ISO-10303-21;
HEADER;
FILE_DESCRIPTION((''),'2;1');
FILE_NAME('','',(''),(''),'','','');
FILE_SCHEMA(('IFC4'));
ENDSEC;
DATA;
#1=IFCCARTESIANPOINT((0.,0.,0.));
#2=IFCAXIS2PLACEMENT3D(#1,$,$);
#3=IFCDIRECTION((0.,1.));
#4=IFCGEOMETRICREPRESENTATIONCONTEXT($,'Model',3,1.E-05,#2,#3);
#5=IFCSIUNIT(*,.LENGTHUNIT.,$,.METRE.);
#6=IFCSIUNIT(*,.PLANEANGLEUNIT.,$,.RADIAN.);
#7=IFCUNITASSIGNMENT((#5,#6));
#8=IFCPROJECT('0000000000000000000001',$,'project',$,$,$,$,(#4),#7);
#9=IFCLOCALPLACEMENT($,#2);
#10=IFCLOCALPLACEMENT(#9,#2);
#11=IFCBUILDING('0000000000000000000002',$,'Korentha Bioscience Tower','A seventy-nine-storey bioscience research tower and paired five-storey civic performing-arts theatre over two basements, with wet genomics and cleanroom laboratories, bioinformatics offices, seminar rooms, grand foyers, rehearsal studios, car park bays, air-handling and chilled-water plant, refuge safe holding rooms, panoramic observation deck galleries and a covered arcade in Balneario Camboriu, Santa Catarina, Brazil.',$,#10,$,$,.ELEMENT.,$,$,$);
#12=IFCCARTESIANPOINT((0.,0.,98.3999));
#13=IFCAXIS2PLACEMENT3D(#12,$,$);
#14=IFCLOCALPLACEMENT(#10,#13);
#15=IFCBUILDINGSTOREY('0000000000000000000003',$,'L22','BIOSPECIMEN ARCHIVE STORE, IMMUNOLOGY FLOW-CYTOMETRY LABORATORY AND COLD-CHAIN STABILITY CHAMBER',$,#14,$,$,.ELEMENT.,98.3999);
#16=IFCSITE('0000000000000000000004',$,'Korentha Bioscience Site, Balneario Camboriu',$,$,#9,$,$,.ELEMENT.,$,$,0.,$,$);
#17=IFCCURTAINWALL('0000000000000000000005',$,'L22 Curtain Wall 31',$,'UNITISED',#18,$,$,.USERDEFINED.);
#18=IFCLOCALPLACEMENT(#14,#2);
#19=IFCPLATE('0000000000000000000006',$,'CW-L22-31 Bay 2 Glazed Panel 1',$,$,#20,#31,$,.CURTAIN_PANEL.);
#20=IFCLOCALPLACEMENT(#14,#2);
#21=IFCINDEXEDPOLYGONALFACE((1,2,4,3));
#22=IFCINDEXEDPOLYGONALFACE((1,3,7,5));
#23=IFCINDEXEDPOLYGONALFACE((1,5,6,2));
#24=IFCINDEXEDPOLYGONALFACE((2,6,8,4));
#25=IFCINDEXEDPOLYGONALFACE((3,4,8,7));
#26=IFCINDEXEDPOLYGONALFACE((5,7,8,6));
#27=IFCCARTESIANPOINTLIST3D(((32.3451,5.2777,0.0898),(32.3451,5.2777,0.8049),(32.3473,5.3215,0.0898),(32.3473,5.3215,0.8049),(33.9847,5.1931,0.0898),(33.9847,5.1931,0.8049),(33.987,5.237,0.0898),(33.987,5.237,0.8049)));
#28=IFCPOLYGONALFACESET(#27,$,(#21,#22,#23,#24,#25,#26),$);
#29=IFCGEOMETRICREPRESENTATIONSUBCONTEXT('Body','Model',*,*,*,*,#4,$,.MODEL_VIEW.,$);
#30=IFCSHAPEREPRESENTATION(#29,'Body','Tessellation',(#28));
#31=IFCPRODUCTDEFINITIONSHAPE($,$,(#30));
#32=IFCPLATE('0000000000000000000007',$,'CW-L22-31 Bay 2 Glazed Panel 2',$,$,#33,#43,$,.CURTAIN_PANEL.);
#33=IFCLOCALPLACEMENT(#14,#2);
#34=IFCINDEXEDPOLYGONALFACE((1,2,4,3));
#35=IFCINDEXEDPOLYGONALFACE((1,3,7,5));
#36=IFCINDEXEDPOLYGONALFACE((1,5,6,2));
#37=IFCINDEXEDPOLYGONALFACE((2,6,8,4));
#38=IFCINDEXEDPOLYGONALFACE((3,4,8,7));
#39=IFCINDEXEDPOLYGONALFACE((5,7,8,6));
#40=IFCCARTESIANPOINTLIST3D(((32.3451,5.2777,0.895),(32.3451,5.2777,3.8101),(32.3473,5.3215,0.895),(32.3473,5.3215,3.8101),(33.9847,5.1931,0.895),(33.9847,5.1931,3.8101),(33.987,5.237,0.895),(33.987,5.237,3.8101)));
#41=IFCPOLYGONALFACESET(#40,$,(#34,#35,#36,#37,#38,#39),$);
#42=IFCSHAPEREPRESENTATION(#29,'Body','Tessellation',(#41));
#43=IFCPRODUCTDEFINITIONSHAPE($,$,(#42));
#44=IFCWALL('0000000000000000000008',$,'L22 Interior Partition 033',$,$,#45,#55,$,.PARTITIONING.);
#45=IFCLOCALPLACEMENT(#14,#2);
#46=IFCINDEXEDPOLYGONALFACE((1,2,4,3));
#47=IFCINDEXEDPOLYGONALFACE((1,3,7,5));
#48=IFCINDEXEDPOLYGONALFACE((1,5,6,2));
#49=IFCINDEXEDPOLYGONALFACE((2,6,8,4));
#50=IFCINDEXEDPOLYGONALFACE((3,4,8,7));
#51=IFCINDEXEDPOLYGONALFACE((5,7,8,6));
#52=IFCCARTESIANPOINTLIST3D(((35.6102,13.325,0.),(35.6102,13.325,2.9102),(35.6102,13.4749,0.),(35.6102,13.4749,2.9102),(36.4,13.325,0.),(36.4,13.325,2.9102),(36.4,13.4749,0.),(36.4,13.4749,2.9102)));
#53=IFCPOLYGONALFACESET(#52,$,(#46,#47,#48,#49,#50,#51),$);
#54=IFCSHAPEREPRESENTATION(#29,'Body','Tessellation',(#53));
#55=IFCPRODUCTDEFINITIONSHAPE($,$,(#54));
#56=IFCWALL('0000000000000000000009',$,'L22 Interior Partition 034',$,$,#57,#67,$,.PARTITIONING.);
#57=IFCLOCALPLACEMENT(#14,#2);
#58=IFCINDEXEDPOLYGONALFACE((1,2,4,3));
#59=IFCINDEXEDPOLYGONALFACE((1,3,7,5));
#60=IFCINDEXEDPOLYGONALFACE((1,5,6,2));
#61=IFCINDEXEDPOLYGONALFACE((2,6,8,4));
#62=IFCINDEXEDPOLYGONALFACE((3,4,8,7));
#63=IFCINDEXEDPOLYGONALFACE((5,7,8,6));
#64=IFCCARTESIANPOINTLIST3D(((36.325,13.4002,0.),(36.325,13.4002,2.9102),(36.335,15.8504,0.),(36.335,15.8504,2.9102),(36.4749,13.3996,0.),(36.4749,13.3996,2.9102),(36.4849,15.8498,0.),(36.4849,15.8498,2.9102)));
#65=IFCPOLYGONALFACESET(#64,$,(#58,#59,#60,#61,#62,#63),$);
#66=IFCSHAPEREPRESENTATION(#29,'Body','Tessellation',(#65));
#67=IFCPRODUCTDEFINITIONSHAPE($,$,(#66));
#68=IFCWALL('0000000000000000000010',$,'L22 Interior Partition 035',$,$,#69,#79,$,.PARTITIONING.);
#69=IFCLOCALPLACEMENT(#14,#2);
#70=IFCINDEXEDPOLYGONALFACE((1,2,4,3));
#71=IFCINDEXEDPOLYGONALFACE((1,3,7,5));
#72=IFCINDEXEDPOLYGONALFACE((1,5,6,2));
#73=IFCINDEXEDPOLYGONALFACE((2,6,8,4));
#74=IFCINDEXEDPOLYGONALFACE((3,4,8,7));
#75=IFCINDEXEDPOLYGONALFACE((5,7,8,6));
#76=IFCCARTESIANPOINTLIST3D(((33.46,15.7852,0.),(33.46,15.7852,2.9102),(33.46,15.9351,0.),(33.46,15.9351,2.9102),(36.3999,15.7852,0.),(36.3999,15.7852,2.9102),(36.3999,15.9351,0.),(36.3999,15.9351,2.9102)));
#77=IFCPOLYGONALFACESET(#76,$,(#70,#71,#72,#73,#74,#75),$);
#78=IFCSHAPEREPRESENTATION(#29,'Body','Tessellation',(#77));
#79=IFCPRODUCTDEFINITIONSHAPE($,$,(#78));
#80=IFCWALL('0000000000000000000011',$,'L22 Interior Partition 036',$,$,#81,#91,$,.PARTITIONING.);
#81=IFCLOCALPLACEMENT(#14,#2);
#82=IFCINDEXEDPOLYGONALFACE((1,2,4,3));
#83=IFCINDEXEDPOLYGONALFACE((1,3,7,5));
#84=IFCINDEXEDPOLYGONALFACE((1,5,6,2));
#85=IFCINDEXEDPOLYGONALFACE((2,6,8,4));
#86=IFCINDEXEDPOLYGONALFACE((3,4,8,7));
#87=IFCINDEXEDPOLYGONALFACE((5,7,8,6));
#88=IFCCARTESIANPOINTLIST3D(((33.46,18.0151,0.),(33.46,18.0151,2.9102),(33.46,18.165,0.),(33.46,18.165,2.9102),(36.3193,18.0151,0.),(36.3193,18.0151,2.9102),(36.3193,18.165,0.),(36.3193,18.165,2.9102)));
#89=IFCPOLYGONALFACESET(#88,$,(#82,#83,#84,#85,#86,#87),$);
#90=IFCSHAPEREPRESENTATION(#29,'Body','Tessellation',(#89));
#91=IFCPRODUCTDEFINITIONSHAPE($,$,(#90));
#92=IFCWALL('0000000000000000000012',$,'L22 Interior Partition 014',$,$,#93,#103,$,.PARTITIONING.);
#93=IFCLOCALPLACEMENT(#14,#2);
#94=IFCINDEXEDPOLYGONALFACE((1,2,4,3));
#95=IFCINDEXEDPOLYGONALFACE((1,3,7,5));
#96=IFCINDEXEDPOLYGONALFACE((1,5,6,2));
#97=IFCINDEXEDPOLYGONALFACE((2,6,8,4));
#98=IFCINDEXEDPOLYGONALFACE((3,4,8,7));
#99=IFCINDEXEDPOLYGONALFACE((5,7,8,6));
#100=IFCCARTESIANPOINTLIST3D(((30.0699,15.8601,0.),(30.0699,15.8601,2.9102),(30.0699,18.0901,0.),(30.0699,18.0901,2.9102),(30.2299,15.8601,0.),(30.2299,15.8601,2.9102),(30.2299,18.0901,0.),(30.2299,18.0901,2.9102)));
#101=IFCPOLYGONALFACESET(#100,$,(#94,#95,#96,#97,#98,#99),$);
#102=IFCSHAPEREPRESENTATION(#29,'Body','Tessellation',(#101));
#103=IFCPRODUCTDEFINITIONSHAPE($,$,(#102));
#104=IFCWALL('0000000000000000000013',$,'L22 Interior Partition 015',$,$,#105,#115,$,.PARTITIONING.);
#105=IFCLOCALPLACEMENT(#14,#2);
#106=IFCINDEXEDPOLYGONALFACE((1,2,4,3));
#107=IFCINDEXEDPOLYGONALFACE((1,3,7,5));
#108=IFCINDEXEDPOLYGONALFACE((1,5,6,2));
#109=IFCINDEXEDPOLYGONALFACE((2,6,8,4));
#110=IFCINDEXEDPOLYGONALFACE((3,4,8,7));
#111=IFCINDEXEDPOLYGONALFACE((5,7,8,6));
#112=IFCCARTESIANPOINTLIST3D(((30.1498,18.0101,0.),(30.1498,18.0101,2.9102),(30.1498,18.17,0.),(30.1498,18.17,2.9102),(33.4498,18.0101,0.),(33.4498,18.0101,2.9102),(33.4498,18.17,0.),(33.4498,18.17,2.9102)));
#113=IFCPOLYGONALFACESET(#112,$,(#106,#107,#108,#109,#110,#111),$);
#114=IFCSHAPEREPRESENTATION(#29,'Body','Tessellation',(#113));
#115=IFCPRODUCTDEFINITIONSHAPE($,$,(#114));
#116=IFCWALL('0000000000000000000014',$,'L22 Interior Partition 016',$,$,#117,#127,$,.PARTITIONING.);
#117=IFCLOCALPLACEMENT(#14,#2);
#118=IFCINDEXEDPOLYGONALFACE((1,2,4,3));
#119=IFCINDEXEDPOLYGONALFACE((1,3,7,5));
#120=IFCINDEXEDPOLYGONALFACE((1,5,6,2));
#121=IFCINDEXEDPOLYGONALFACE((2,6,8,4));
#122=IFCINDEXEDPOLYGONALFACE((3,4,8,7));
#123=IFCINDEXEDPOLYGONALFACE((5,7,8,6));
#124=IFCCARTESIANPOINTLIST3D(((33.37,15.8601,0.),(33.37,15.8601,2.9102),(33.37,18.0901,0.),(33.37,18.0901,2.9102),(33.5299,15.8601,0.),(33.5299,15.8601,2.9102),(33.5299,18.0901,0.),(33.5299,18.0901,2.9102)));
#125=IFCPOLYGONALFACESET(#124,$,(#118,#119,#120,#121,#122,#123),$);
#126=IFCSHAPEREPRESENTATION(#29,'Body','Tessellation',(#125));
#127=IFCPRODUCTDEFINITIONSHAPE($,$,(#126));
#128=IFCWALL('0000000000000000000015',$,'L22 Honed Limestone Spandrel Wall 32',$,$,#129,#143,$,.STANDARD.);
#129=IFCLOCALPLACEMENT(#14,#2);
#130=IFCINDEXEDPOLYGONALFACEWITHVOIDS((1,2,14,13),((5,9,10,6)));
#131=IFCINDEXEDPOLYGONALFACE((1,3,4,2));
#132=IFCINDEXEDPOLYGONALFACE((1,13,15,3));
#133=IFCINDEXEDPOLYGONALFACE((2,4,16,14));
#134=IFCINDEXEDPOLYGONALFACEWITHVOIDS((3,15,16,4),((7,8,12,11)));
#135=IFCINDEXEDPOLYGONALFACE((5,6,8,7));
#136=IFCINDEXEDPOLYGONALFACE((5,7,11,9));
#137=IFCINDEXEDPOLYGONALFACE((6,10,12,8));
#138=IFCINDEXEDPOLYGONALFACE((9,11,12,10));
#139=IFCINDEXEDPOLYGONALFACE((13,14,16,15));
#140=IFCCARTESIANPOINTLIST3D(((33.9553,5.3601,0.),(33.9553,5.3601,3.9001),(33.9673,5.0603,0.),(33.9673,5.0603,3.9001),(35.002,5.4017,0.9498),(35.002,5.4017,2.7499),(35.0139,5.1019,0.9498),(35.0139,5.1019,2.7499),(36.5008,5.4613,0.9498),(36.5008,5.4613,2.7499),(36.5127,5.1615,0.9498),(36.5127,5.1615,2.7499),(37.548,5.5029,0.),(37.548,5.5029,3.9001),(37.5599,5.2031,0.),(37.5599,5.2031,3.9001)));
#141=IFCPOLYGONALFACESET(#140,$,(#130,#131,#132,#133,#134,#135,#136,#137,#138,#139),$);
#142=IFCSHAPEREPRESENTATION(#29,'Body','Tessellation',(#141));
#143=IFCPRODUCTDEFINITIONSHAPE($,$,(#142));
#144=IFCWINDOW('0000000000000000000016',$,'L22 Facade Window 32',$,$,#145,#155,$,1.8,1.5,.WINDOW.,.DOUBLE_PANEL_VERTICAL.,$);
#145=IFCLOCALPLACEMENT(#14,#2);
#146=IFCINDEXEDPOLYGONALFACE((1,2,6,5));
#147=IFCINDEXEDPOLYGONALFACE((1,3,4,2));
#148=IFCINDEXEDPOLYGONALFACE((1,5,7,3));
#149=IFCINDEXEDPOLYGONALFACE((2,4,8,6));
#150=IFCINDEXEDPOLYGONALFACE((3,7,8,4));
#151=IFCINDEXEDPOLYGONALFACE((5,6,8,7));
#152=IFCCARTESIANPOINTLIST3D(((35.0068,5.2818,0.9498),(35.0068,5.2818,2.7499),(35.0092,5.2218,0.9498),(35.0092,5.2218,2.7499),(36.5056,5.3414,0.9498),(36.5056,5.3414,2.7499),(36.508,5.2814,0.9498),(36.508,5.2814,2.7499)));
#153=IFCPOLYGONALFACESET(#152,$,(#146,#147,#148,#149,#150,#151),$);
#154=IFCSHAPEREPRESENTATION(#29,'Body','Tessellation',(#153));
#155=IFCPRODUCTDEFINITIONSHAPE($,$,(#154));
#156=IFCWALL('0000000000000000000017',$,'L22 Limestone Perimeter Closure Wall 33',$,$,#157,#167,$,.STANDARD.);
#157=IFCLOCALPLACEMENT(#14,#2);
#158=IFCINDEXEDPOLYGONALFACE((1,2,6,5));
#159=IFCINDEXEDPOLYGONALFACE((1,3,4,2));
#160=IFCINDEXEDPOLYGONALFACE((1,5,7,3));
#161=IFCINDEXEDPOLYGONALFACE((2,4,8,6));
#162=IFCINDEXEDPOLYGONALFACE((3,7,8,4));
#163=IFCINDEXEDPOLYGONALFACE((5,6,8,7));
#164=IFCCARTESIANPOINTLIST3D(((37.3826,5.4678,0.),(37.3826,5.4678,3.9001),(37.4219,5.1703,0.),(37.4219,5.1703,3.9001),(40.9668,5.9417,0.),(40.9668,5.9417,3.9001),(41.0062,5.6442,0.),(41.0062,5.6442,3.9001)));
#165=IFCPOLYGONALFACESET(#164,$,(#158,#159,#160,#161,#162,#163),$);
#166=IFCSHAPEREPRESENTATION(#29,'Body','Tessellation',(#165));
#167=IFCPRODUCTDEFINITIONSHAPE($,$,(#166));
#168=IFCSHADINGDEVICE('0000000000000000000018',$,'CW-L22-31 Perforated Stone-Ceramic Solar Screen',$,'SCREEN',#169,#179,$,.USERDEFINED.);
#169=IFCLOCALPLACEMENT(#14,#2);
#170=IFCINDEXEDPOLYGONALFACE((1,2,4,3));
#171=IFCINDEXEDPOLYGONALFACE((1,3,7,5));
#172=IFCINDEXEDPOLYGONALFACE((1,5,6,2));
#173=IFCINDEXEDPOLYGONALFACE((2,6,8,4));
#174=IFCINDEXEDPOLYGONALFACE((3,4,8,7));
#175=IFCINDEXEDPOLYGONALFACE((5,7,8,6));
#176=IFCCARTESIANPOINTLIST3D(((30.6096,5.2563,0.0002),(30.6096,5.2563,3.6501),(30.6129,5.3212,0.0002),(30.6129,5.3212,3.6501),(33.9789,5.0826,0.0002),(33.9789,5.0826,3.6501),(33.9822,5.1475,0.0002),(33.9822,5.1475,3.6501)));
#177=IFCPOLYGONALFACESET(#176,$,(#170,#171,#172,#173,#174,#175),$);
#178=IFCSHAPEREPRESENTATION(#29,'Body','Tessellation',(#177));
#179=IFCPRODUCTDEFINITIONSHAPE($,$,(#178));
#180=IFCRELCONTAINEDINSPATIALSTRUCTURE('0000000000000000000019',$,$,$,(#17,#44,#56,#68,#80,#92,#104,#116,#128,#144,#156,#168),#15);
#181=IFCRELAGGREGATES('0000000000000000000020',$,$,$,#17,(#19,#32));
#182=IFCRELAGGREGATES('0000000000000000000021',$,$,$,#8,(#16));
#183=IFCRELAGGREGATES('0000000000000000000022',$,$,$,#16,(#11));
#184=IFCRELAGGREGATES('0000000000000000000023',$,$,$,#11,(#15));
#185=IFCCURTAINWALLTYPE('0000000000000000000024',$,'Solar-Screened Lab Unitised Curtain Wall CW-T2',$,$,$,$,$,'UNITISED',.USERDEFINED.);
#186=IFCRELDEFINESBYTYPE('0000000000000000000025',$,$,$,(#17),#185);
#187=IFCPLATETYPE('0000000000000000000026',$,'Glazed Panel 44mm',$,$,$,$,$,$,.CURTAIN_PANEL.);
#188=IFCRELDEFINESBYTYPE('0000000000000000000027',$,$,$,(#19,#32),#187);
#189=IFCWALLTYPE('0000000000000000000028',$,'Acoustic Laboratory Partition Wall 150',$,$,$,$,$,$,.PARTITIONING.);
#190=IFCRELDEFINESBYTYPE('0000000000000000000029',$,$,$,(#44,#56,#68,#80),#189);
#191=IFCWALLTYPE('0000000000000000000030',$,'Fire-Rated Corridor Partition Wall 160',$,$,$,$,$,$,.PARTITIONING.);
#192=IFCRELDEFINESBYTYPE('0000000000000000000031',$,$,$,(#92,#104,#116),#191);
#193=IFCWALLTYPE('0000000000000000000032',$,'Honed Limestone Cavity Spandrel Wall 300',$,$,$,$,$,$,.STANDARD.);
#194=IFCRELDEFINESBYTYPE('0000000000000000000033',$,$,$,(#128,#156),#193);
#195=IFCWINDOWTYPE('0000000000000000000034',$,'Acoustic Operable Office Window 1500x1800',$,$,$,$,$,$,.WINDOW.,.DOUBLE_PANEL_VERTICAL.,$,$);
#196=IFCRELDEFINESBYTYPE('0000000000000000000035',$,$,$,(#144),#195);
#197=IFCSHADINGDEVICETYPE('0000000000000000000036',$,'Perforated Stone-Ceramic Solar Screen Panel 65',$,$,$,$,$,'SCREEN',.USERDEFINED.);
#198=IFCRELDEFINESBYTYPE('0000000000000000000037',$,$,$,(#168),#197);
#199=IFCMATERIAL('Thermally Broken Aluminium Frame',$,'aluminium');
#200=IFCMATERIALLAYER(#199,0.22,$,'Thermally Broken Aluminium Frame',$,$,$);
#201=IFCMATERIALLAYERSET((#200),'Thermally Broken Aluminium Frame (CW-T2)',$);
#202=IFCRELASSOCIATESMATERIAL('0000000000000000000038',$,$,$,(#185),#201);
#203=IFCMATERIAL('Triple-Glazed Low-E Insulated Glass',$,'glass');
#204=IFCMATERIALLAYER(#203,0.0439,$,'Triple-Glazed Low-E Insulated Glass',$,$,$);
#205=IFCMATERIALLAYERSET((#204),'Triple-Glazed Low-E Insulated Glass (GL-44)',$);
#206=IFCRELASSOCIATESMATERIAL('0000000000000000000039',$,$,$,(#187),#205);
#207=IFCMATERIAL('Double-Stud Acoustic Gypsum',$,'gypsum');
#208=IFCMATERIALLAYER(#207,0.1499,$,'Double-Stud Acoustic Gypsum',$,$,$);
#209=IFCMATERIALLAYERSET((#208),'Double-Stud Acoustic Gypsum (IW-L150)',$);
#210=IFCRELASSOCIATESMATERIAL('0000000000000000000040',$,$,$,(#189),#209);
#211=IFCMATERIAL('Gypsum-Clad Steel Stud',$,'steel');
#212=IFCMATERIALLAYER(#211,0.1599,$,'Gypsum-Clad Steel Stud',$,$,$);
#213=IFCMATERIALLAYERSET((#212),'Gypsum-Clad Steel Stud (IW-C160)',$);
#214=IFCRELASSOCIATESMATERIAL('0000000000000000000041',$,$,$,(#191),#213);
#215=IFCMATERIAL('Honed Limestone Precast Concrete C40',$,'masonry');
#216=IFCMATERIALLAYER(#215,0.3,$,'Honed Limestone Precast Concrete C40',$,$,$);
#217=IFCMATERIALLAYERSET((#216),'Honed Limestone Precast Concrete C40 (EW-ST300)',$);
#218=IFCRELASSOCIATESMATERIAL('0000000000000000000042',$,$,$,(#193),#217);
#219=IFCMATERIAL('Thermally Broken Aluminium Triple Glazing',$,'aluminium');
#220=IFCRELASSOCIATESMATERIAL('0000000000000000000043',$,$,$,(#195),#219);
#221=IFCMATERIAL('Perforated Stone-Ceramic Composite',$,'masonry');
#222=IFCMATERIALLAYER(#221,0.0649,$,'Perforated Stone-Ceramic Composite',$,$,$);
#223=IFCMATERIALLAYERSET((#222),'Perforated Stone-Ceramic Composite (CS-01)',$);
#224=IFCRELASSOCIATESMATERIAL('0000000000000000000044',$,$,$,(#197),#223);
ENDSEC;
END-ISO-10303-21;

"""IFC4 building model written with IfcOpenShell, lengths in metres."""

from ifc_helpers import new_model, si_unit, direction, frame, frame_2d, origin, origin_2d, place, context, subcontext, project, spatial, rectangle, extrude, material, layer, layer_set, type_object, element, fill, aggregate, save


model = new_model("IFC4")

# Units and contexts
model_context = context("Model", 3, precision=1e-05, world=origin(), true_north=direction((0.0, 1.0)))
body_context = subcontext(model_context, "Body", "Model", "MODEL_VIEW")
ifc_project = project(units=[si_unit("LENGTHUNIT", "METRE"), si_unit("PLANEANGLEUNIT", "RADIAN")], contexts=[model_context])

# Site, building, storey
site_placement = place(None, origin())
site = spatial("IfcSite", under=ifc_project, at=site_placement, Name="Korentha Bioscience Site, Balneario Camboriu", CompositionType="ELEMENT", RefElevation=0.0)
building_placement = place(site_placement, origin())
building = spatial("IfcBuilding", under=site, at=building_placement, Name="Korentha Bioscience Tower", Description="A seventy-nine-storey bioscience research tower and paired five-storey civic performing-arts theatre over two basements, with wet genomics and cleanroom laboratories, bioinformatics offices, seminar rooms, grand foyers, rehearsal studios, car park bays, air-handling and chilled-water plant, refuge safe holding rooms, panoramic observation deck galleries and a covered arcade in Balneario Camboriu, Santa Catarina, Brazil.", CompositionType="ELEMENT")
storey_placement = place(building_placement, frame((0.0, 0.0, 98.3999)))
storey = spatial("IfcBuildingStorey", under=building, at=storey_placement, Name="L22", Description="BIOSPECIMEN ARCHIVE STORE, IMMUNOLOGY FLOW-CYTOMETRY LABORATORY AND COLD-CHAIN STABILITY CHAMBER", CompositionType="ELEMENT", Elevation=98.3999)

# Curtain wall
ifc_material_1 = material(Name="Thermally Broken Aluminium Frame", Category="aluminium")
ifc_layer_1 = layer(ifc_material_1, 0.22, Name="Thermally Broken Aluminium Frame")
ifc_layer_set_1 = layer_set([ifc_layer_1], Name="Thermally Broken Aluminium Frame (CW-T2)")
curtain_wall_type = type_object("IfcCurtainWallType", Name="Solar-Screened Lab Unitised Curtain Wall CW-T2", ElementType="UNITISED", PredefinedType="USERDEFINED", material=ifc_layer_set_1)
curtain_wall_placement = place(storey_placement, origin())
curtain_wall = element("IfcCurtainWall", 1, at=curtain_wall_placement, inside=storey, type_object=curtain_wall_type, Name="L22 Curtain Wall 31", ObjectType="UNITISED", PredefinedType="USERDEFINED")

# Plates
ifc_material_2 = material(Name="Triple-Glazed Low-E Insulated Glass", Category="glass")
ifc_layer_2 = layer(ifc_material_2, 0.0439, Name="Triple-Glazed Low-E Insulated Glass")
ifc_layer_set_2 = layer_set([ifc_layer_2], Name="Triple-Glazed Low-E Insulated Glass (GL-44)")
plate_type = type_object("IfcPlateType", Name="Glazed Panel 44mm", PredefinedType="CURTAIN_PANEL", material=ifc_layer_set_2)
plate_1_placement = place(storey_placement, frame((33.166, 5.2573, 0.0898), z_axis=(0.0, 0.0, 1.0), x_axis=(0.998673, -0.051495, 0.0)))
plate_1 = element("IfcPlate", 2, at=plate_1_placement, type_object=plate_type, Name="CW-L22-31 Bay 2 Glazed Panel 1", PredefinedType="CURTAIN_PANEL", context=body_context, shape_type="SweptSolid", body=[
    extrude(rectangle(XDim=1.6418, YDim=0.0439, at=origin_2d()), origin(), (0.0, 0.0, 1.0), 0.7151),
])
plate_2_placement = place(storey_placement, frame((33.166, 5.2573, 0.895), z_axis=(0.0, 0.0, 1.0), x_axis=(0.998673, -0.051495, 0.0)))
plate_2 = element("IfcPlate", 3, at=plate_2_placement, type_object=plate_type, Name="CW-L22-31 Bay 2 Glazed Panel 2", PredefinedType="CURTAIN_PANEL", context=body_context, shape_type="SweptSolid", body=[
    extrude(rectangle(XDim=1.6418, YDim=0.0439, at=origin_2d()), origin(), (0.0, 0.0, 1.0), 2.915),
])
aggregate(curtain_wall, [plate_1, plate_2])

# Walls
ifc_material_3 = material(Name="Double-Stud Acoustic Gypsum", Category="gypsum")
ifc_layer_3 = layer(ifc_material_3, 0.1499, Name="Double-Stud Acoustic Gypsum")
ifc_layer_set_3 = layer_set([ifc_layer_3], Name="Double-Stud Acoustic Gypsum (IW-L150)")
wall_type_1 = type_object("IfcWallType", Name="Acoustic Laboratory Partition Wall 150", PredefinedType="PARTITIONING", material=ifc_layer_set_3)
wall_1_placement = place(storey_placement, frame((35.6101, 13.3999, 0.0), z_axis=(0.0, 0.0, 1.0), x_axis=(1.0, 0.0, 0.0)))
element("IfcWall", 4, at=wall_1_placement, inside=storey, type_object=wall_type_1, Name="L22 Interior Partition 033", PredefinedType="PARTITIONING", context=body_context, shape_type="SweptSolid", body=[
    extrude(rectangle(XDim=0.7898, YDim=0.1499, at=frame_2d((0.395, 0.0))), origin(), (0.0, 0.0, 1.0), 2.9102),
])
wall_2_placement = place(storey_placement, frame((36.3999, 13.3999, 0.0), z_axis=(0.0, 0.0, 1.0), x_axis=(0.004085, 0.999992, 0.0)))
element("IfcWall", 5, at=wall_2_placement, inside=storey, type_object=wall_type_1, Name="L22 Interior Partition 034", PredefinedType="PARTITIONING", context=body_context, shape_type="SweptSolid", body=[
    extrude(rectangle(XDim=2.4502, YDim=0.1499, at=frame_2d((1.2251, 0.0))), origin(), (0.0, 0.0, 1.0), 2.9102),
])
wall_3_placement = place(storey_placement, frame((36.3999, 15.8601, 0.0), z_axis=(0.0, 0.0, 1.0), x_axis=(-1.0, 0.0, 0.0)))
element("IfcWall", 6, at=wall_3_placement, inside=storey, type_object=wall_type_1, Name="L22 Interior Partition 035", PredefinedType="PARTITIONING", context=body_context, shape_type="SweptSolid", body=[
    extrude(rectangle(XDim=2.9399, YDim=0.1499, at=frame_2d((1.47, 0.0))), origin(), (0.0, 0.0, 1.0), 2.9102),
])
wall_4_placement = place(storey_placement, frame((33.46, 18.0901, 0.0), z_axis=(0.0, 0.0, 1.0), x_axis=(1.0, 0.0, 0.0)))
element("IfcWall", 7, at=wall_4_placement, inside=storey, type_object=wall_type_1, Name="L22 Interior Partition 036", PredefinedType="PARTITIONING", context=body_context, shape_type="SweptSolid", body=[
    extrude(rectangle(XDim=2.8594, YDim=0.1499, at=frame_2d((1.4297, 0.0))), origin(), (0.0, 0.0, 1.0), 2.9102),
])

# Shared definitions
ifc_material_4 = material(Name="Gypsum-Clad Steel Stud", Category="steel")
ifc_layer_4 = layer(ifc_material_4, 0.1599, Name="Gypsum-Clad Steel Stud")
ifc_layer_set_4 = layer_set([ifc_layer_4], Name="Gypsum-Clad Steel Stud (IW-C160)")
wall_type_2 = type_object("IfcWallType", Name="Fire-Rated Corridor Partition Wall 160", PredefinedType="PARTITIONING", material=ifc_layer_set_4)

# Walls
wall_5_placement = place(storey_placement, frame((30.1499, 15.8601, 0.0), z_axis=(0.0, 0.0, 1.0), x_axis=(0.0, 1.0, 0.0)))
element("IfcWall", 8, at=wall_5_placement, inside=storey, type_object=wall_type_2, Name="L22 Interior Partition 014", PredefinedType="PARTITIONING", context=body_context, shape_type="SweptSolid", body=[
    extrude(rectangle(XDim=2.23, YDim=0.1599, at=frame_2d((1.115, 0.0))), origin(), (0.0, 0.0, 1.0), 2.9102),
])
wall_6_placement = place(storey_placement, frame((30.1499, 18.0901, 0.0), z_axis=(0.0, 0.0, 1.0), x_axis=(1.0, 0.0, 0.0)))
element("IfcWall", 9, at=wall_6_placement, inside=storey, type_object=wall_type_2, Name="L22 Interior Partition 015", PredefinedType="PARTITIONING", context=body_context, shape_type="SweptSolid", body=[
    extrude(rectangle(XDim=3.3, YDim=0.1599, at=frame_2d((1.6499, 0.0))), origin(), (0.0, 0.0, 1.0), 2.9102),
])
wall_7_placement = place(storey_placement, frame((33.45, 18.0901, 0.0), z_axis=(0.0, 0.0, 1.0), x_axis=(0.0, -1.0, 0.0)))
element("IfcWall", 10, at=wall_7_placement, inside=storey, type_object=wall_type_2, Name="L22 Interior Partition 016", PredefinedType="PARTITIONING", context=body_context, shape_type="SweptSolid", body=[
    extrude(rectangle(XDim=2.23, YDim=0.1599, at=frame_2d((1.115, 0.0))), origin(), (0.0, 0.0, 1.0), 2.9102),
])

# Wall, opening, window
ifc_material_5 = material(Name="Honed Limestone Precast Concrete C40", Category="masonry")
ifc_layer_5 = layer(ifc_material_5, 0.3, Name="Honed Limestone Precast Concrete C40")
ifc_layer_set_5 = layer_set([ifc_layer_5], Name="Honed Limestone Precast Concrete C40 (EW-ST300)")
wall_type_3 = type_object("IfcWallType", Name="Honed Limestone Cavity Spandrel Wall 300", PredefinedType="STANDARD", material=ifc_layer_set_5)
wall_8_placement = place(storey_placement, frame((33.9612, 5.2102, 0.0), z_axis=(0.0, 0.0, 1.0), x_axis=(0.999211, 0.039724, 0.0)))
wall_8 = element("IfcWall", 11, at=wall_8_placement, inside=storey, type_object=wall_type_3, Name="L22 Honed Limestone Spandrel Wall 32", PredefinedType="STANDARD", context=body_context, shape_type="SweptSolid", body=[
    extrude(rectangle(XDim=3.5955, YDim=0.3, at=frame_2d((1.7979, 0.0))), origin(), (0.0, 0.0, 1.0), 3.9001),
])
opening_1_placement = place(wall_8_placement, frame((1.0476, 0.0, 0.95)))
opening_1 = element("IfcOpeningElement", 12, at=opening_1_placement, cuts=wall_8, PredefinedType="OPENING", context=body_context, shape_type="SweptSolid", body=[
    extrude(rectangle(XDim=1.5, YDim=1.8, at=frame_2d((0.75, 0.8999))), frame((0.0, 0.165, 0.0), z_axis=(0.0, -1.0, 0.0), x_axis=(1.0, 0.0, 0.0)), (0.0, 0.0, 1.0), 0.3298),
])
ifc_material_6 = material(Name="Thermally Broken Aluminium Triple Glazing", Category="aluminium")
window_type = type_object("IfcWindowType", Name="Acoustic Operable Office Window 1500x1800", PartitioningType="DOUBLE_PANEL_VERTICAL", PredefinedType="WINDOW", material=ifc_material_6)
window_placement = place(opening_1_placement, origin())
window = element("IfcWindow", 13, at=window_placement, inside=storey, type_object=window_type, Name="L22 Facade Window 32", OverallHeight=1.8, OverallWidth=1.5, PartitioningType="DOUBLE_PANEL_VERTICAL", PredefinedType="WINDOW", context=body_context, shape_type="SweptSolid", body=[
    extrude(rectangle(XDim=1.5, YDim=1.8, at=frame_2d((0.75, 0.8999))), frame((0.0, 0.03, 0.0), z_axis=(0.0, -1.0, 0.0), x_axis=(1.0, 0.0, 0.0)), (0.0, 0.0, 1.0), 0.0601),
])
fill(opening_1, window)

# Wall
wall_9_placement = place(storey_placement, frame((37.4023, 5.3191, 0.0), z_axis=(0.0, 0.0, 1.0), x_axis=(0.991373, 0.131071, 0.0)))
element("IfcWall", 14, at=wall_9_placement, inside=storey, type_object=wall_type_3, Name="L22 Limestone Perimeter Closure Wall 33", PredefinedType="STANDARD", context=body_context, shape_type="SweptSolid", body=[
    extrude(rectangle(XDim=3.6155, YDim=0.3, at=frame_2d((1.8076, 0.0))), origin(), (0.0, 0.0, 1.0), 3.9001),
])

# Shading device
ifc_material_7 = material(Name="Perforated Stone-Ceramic Composite", Category="masonry")
ifc_layer_6 = layer(ifc_material_7, 0.0649, Name="Perforated Stone-Ceramic Composite")
ifc_layer_set_6 = layer_set([ifc_layer_6], Name="Perforated Stone-Ceramic Composite (CS-01)")
shading_device_type_1 = type_object("IfcShadingDeviceType", Name="Perforated Stone-Ceramic Solar Screen Panel 65", ElementType="SCREEN", PredefinedType="USERDEFINED", material=ifc_layer_set_6)
shading_device_1_placement = place(storey_placement, frame((32.2959, 5.2019, 0.0002), z_axis=(0.0, 0.0, 1.0), x_axis=(0.998673, -0.051495, 0.0)))
element("IfcShadingDevice", 15, at=shading_device_1_placement, inside=storey, type_object=shading_device_type_1, Name="CW-L22-31 Perforated Stone-Ceramic Solar Screen", ObjectType="SCREEN", PredefinedType="USERDEFINED", context=body_context, shape_type="SweptSolid", body=[
    extrude(rectangle(XDim=3.3738, YDim=0.0649, at=origin_2d()), origin(), (0.0, 0.0, 1.0), 3.6499),
])

save(model, "model.ifc")
